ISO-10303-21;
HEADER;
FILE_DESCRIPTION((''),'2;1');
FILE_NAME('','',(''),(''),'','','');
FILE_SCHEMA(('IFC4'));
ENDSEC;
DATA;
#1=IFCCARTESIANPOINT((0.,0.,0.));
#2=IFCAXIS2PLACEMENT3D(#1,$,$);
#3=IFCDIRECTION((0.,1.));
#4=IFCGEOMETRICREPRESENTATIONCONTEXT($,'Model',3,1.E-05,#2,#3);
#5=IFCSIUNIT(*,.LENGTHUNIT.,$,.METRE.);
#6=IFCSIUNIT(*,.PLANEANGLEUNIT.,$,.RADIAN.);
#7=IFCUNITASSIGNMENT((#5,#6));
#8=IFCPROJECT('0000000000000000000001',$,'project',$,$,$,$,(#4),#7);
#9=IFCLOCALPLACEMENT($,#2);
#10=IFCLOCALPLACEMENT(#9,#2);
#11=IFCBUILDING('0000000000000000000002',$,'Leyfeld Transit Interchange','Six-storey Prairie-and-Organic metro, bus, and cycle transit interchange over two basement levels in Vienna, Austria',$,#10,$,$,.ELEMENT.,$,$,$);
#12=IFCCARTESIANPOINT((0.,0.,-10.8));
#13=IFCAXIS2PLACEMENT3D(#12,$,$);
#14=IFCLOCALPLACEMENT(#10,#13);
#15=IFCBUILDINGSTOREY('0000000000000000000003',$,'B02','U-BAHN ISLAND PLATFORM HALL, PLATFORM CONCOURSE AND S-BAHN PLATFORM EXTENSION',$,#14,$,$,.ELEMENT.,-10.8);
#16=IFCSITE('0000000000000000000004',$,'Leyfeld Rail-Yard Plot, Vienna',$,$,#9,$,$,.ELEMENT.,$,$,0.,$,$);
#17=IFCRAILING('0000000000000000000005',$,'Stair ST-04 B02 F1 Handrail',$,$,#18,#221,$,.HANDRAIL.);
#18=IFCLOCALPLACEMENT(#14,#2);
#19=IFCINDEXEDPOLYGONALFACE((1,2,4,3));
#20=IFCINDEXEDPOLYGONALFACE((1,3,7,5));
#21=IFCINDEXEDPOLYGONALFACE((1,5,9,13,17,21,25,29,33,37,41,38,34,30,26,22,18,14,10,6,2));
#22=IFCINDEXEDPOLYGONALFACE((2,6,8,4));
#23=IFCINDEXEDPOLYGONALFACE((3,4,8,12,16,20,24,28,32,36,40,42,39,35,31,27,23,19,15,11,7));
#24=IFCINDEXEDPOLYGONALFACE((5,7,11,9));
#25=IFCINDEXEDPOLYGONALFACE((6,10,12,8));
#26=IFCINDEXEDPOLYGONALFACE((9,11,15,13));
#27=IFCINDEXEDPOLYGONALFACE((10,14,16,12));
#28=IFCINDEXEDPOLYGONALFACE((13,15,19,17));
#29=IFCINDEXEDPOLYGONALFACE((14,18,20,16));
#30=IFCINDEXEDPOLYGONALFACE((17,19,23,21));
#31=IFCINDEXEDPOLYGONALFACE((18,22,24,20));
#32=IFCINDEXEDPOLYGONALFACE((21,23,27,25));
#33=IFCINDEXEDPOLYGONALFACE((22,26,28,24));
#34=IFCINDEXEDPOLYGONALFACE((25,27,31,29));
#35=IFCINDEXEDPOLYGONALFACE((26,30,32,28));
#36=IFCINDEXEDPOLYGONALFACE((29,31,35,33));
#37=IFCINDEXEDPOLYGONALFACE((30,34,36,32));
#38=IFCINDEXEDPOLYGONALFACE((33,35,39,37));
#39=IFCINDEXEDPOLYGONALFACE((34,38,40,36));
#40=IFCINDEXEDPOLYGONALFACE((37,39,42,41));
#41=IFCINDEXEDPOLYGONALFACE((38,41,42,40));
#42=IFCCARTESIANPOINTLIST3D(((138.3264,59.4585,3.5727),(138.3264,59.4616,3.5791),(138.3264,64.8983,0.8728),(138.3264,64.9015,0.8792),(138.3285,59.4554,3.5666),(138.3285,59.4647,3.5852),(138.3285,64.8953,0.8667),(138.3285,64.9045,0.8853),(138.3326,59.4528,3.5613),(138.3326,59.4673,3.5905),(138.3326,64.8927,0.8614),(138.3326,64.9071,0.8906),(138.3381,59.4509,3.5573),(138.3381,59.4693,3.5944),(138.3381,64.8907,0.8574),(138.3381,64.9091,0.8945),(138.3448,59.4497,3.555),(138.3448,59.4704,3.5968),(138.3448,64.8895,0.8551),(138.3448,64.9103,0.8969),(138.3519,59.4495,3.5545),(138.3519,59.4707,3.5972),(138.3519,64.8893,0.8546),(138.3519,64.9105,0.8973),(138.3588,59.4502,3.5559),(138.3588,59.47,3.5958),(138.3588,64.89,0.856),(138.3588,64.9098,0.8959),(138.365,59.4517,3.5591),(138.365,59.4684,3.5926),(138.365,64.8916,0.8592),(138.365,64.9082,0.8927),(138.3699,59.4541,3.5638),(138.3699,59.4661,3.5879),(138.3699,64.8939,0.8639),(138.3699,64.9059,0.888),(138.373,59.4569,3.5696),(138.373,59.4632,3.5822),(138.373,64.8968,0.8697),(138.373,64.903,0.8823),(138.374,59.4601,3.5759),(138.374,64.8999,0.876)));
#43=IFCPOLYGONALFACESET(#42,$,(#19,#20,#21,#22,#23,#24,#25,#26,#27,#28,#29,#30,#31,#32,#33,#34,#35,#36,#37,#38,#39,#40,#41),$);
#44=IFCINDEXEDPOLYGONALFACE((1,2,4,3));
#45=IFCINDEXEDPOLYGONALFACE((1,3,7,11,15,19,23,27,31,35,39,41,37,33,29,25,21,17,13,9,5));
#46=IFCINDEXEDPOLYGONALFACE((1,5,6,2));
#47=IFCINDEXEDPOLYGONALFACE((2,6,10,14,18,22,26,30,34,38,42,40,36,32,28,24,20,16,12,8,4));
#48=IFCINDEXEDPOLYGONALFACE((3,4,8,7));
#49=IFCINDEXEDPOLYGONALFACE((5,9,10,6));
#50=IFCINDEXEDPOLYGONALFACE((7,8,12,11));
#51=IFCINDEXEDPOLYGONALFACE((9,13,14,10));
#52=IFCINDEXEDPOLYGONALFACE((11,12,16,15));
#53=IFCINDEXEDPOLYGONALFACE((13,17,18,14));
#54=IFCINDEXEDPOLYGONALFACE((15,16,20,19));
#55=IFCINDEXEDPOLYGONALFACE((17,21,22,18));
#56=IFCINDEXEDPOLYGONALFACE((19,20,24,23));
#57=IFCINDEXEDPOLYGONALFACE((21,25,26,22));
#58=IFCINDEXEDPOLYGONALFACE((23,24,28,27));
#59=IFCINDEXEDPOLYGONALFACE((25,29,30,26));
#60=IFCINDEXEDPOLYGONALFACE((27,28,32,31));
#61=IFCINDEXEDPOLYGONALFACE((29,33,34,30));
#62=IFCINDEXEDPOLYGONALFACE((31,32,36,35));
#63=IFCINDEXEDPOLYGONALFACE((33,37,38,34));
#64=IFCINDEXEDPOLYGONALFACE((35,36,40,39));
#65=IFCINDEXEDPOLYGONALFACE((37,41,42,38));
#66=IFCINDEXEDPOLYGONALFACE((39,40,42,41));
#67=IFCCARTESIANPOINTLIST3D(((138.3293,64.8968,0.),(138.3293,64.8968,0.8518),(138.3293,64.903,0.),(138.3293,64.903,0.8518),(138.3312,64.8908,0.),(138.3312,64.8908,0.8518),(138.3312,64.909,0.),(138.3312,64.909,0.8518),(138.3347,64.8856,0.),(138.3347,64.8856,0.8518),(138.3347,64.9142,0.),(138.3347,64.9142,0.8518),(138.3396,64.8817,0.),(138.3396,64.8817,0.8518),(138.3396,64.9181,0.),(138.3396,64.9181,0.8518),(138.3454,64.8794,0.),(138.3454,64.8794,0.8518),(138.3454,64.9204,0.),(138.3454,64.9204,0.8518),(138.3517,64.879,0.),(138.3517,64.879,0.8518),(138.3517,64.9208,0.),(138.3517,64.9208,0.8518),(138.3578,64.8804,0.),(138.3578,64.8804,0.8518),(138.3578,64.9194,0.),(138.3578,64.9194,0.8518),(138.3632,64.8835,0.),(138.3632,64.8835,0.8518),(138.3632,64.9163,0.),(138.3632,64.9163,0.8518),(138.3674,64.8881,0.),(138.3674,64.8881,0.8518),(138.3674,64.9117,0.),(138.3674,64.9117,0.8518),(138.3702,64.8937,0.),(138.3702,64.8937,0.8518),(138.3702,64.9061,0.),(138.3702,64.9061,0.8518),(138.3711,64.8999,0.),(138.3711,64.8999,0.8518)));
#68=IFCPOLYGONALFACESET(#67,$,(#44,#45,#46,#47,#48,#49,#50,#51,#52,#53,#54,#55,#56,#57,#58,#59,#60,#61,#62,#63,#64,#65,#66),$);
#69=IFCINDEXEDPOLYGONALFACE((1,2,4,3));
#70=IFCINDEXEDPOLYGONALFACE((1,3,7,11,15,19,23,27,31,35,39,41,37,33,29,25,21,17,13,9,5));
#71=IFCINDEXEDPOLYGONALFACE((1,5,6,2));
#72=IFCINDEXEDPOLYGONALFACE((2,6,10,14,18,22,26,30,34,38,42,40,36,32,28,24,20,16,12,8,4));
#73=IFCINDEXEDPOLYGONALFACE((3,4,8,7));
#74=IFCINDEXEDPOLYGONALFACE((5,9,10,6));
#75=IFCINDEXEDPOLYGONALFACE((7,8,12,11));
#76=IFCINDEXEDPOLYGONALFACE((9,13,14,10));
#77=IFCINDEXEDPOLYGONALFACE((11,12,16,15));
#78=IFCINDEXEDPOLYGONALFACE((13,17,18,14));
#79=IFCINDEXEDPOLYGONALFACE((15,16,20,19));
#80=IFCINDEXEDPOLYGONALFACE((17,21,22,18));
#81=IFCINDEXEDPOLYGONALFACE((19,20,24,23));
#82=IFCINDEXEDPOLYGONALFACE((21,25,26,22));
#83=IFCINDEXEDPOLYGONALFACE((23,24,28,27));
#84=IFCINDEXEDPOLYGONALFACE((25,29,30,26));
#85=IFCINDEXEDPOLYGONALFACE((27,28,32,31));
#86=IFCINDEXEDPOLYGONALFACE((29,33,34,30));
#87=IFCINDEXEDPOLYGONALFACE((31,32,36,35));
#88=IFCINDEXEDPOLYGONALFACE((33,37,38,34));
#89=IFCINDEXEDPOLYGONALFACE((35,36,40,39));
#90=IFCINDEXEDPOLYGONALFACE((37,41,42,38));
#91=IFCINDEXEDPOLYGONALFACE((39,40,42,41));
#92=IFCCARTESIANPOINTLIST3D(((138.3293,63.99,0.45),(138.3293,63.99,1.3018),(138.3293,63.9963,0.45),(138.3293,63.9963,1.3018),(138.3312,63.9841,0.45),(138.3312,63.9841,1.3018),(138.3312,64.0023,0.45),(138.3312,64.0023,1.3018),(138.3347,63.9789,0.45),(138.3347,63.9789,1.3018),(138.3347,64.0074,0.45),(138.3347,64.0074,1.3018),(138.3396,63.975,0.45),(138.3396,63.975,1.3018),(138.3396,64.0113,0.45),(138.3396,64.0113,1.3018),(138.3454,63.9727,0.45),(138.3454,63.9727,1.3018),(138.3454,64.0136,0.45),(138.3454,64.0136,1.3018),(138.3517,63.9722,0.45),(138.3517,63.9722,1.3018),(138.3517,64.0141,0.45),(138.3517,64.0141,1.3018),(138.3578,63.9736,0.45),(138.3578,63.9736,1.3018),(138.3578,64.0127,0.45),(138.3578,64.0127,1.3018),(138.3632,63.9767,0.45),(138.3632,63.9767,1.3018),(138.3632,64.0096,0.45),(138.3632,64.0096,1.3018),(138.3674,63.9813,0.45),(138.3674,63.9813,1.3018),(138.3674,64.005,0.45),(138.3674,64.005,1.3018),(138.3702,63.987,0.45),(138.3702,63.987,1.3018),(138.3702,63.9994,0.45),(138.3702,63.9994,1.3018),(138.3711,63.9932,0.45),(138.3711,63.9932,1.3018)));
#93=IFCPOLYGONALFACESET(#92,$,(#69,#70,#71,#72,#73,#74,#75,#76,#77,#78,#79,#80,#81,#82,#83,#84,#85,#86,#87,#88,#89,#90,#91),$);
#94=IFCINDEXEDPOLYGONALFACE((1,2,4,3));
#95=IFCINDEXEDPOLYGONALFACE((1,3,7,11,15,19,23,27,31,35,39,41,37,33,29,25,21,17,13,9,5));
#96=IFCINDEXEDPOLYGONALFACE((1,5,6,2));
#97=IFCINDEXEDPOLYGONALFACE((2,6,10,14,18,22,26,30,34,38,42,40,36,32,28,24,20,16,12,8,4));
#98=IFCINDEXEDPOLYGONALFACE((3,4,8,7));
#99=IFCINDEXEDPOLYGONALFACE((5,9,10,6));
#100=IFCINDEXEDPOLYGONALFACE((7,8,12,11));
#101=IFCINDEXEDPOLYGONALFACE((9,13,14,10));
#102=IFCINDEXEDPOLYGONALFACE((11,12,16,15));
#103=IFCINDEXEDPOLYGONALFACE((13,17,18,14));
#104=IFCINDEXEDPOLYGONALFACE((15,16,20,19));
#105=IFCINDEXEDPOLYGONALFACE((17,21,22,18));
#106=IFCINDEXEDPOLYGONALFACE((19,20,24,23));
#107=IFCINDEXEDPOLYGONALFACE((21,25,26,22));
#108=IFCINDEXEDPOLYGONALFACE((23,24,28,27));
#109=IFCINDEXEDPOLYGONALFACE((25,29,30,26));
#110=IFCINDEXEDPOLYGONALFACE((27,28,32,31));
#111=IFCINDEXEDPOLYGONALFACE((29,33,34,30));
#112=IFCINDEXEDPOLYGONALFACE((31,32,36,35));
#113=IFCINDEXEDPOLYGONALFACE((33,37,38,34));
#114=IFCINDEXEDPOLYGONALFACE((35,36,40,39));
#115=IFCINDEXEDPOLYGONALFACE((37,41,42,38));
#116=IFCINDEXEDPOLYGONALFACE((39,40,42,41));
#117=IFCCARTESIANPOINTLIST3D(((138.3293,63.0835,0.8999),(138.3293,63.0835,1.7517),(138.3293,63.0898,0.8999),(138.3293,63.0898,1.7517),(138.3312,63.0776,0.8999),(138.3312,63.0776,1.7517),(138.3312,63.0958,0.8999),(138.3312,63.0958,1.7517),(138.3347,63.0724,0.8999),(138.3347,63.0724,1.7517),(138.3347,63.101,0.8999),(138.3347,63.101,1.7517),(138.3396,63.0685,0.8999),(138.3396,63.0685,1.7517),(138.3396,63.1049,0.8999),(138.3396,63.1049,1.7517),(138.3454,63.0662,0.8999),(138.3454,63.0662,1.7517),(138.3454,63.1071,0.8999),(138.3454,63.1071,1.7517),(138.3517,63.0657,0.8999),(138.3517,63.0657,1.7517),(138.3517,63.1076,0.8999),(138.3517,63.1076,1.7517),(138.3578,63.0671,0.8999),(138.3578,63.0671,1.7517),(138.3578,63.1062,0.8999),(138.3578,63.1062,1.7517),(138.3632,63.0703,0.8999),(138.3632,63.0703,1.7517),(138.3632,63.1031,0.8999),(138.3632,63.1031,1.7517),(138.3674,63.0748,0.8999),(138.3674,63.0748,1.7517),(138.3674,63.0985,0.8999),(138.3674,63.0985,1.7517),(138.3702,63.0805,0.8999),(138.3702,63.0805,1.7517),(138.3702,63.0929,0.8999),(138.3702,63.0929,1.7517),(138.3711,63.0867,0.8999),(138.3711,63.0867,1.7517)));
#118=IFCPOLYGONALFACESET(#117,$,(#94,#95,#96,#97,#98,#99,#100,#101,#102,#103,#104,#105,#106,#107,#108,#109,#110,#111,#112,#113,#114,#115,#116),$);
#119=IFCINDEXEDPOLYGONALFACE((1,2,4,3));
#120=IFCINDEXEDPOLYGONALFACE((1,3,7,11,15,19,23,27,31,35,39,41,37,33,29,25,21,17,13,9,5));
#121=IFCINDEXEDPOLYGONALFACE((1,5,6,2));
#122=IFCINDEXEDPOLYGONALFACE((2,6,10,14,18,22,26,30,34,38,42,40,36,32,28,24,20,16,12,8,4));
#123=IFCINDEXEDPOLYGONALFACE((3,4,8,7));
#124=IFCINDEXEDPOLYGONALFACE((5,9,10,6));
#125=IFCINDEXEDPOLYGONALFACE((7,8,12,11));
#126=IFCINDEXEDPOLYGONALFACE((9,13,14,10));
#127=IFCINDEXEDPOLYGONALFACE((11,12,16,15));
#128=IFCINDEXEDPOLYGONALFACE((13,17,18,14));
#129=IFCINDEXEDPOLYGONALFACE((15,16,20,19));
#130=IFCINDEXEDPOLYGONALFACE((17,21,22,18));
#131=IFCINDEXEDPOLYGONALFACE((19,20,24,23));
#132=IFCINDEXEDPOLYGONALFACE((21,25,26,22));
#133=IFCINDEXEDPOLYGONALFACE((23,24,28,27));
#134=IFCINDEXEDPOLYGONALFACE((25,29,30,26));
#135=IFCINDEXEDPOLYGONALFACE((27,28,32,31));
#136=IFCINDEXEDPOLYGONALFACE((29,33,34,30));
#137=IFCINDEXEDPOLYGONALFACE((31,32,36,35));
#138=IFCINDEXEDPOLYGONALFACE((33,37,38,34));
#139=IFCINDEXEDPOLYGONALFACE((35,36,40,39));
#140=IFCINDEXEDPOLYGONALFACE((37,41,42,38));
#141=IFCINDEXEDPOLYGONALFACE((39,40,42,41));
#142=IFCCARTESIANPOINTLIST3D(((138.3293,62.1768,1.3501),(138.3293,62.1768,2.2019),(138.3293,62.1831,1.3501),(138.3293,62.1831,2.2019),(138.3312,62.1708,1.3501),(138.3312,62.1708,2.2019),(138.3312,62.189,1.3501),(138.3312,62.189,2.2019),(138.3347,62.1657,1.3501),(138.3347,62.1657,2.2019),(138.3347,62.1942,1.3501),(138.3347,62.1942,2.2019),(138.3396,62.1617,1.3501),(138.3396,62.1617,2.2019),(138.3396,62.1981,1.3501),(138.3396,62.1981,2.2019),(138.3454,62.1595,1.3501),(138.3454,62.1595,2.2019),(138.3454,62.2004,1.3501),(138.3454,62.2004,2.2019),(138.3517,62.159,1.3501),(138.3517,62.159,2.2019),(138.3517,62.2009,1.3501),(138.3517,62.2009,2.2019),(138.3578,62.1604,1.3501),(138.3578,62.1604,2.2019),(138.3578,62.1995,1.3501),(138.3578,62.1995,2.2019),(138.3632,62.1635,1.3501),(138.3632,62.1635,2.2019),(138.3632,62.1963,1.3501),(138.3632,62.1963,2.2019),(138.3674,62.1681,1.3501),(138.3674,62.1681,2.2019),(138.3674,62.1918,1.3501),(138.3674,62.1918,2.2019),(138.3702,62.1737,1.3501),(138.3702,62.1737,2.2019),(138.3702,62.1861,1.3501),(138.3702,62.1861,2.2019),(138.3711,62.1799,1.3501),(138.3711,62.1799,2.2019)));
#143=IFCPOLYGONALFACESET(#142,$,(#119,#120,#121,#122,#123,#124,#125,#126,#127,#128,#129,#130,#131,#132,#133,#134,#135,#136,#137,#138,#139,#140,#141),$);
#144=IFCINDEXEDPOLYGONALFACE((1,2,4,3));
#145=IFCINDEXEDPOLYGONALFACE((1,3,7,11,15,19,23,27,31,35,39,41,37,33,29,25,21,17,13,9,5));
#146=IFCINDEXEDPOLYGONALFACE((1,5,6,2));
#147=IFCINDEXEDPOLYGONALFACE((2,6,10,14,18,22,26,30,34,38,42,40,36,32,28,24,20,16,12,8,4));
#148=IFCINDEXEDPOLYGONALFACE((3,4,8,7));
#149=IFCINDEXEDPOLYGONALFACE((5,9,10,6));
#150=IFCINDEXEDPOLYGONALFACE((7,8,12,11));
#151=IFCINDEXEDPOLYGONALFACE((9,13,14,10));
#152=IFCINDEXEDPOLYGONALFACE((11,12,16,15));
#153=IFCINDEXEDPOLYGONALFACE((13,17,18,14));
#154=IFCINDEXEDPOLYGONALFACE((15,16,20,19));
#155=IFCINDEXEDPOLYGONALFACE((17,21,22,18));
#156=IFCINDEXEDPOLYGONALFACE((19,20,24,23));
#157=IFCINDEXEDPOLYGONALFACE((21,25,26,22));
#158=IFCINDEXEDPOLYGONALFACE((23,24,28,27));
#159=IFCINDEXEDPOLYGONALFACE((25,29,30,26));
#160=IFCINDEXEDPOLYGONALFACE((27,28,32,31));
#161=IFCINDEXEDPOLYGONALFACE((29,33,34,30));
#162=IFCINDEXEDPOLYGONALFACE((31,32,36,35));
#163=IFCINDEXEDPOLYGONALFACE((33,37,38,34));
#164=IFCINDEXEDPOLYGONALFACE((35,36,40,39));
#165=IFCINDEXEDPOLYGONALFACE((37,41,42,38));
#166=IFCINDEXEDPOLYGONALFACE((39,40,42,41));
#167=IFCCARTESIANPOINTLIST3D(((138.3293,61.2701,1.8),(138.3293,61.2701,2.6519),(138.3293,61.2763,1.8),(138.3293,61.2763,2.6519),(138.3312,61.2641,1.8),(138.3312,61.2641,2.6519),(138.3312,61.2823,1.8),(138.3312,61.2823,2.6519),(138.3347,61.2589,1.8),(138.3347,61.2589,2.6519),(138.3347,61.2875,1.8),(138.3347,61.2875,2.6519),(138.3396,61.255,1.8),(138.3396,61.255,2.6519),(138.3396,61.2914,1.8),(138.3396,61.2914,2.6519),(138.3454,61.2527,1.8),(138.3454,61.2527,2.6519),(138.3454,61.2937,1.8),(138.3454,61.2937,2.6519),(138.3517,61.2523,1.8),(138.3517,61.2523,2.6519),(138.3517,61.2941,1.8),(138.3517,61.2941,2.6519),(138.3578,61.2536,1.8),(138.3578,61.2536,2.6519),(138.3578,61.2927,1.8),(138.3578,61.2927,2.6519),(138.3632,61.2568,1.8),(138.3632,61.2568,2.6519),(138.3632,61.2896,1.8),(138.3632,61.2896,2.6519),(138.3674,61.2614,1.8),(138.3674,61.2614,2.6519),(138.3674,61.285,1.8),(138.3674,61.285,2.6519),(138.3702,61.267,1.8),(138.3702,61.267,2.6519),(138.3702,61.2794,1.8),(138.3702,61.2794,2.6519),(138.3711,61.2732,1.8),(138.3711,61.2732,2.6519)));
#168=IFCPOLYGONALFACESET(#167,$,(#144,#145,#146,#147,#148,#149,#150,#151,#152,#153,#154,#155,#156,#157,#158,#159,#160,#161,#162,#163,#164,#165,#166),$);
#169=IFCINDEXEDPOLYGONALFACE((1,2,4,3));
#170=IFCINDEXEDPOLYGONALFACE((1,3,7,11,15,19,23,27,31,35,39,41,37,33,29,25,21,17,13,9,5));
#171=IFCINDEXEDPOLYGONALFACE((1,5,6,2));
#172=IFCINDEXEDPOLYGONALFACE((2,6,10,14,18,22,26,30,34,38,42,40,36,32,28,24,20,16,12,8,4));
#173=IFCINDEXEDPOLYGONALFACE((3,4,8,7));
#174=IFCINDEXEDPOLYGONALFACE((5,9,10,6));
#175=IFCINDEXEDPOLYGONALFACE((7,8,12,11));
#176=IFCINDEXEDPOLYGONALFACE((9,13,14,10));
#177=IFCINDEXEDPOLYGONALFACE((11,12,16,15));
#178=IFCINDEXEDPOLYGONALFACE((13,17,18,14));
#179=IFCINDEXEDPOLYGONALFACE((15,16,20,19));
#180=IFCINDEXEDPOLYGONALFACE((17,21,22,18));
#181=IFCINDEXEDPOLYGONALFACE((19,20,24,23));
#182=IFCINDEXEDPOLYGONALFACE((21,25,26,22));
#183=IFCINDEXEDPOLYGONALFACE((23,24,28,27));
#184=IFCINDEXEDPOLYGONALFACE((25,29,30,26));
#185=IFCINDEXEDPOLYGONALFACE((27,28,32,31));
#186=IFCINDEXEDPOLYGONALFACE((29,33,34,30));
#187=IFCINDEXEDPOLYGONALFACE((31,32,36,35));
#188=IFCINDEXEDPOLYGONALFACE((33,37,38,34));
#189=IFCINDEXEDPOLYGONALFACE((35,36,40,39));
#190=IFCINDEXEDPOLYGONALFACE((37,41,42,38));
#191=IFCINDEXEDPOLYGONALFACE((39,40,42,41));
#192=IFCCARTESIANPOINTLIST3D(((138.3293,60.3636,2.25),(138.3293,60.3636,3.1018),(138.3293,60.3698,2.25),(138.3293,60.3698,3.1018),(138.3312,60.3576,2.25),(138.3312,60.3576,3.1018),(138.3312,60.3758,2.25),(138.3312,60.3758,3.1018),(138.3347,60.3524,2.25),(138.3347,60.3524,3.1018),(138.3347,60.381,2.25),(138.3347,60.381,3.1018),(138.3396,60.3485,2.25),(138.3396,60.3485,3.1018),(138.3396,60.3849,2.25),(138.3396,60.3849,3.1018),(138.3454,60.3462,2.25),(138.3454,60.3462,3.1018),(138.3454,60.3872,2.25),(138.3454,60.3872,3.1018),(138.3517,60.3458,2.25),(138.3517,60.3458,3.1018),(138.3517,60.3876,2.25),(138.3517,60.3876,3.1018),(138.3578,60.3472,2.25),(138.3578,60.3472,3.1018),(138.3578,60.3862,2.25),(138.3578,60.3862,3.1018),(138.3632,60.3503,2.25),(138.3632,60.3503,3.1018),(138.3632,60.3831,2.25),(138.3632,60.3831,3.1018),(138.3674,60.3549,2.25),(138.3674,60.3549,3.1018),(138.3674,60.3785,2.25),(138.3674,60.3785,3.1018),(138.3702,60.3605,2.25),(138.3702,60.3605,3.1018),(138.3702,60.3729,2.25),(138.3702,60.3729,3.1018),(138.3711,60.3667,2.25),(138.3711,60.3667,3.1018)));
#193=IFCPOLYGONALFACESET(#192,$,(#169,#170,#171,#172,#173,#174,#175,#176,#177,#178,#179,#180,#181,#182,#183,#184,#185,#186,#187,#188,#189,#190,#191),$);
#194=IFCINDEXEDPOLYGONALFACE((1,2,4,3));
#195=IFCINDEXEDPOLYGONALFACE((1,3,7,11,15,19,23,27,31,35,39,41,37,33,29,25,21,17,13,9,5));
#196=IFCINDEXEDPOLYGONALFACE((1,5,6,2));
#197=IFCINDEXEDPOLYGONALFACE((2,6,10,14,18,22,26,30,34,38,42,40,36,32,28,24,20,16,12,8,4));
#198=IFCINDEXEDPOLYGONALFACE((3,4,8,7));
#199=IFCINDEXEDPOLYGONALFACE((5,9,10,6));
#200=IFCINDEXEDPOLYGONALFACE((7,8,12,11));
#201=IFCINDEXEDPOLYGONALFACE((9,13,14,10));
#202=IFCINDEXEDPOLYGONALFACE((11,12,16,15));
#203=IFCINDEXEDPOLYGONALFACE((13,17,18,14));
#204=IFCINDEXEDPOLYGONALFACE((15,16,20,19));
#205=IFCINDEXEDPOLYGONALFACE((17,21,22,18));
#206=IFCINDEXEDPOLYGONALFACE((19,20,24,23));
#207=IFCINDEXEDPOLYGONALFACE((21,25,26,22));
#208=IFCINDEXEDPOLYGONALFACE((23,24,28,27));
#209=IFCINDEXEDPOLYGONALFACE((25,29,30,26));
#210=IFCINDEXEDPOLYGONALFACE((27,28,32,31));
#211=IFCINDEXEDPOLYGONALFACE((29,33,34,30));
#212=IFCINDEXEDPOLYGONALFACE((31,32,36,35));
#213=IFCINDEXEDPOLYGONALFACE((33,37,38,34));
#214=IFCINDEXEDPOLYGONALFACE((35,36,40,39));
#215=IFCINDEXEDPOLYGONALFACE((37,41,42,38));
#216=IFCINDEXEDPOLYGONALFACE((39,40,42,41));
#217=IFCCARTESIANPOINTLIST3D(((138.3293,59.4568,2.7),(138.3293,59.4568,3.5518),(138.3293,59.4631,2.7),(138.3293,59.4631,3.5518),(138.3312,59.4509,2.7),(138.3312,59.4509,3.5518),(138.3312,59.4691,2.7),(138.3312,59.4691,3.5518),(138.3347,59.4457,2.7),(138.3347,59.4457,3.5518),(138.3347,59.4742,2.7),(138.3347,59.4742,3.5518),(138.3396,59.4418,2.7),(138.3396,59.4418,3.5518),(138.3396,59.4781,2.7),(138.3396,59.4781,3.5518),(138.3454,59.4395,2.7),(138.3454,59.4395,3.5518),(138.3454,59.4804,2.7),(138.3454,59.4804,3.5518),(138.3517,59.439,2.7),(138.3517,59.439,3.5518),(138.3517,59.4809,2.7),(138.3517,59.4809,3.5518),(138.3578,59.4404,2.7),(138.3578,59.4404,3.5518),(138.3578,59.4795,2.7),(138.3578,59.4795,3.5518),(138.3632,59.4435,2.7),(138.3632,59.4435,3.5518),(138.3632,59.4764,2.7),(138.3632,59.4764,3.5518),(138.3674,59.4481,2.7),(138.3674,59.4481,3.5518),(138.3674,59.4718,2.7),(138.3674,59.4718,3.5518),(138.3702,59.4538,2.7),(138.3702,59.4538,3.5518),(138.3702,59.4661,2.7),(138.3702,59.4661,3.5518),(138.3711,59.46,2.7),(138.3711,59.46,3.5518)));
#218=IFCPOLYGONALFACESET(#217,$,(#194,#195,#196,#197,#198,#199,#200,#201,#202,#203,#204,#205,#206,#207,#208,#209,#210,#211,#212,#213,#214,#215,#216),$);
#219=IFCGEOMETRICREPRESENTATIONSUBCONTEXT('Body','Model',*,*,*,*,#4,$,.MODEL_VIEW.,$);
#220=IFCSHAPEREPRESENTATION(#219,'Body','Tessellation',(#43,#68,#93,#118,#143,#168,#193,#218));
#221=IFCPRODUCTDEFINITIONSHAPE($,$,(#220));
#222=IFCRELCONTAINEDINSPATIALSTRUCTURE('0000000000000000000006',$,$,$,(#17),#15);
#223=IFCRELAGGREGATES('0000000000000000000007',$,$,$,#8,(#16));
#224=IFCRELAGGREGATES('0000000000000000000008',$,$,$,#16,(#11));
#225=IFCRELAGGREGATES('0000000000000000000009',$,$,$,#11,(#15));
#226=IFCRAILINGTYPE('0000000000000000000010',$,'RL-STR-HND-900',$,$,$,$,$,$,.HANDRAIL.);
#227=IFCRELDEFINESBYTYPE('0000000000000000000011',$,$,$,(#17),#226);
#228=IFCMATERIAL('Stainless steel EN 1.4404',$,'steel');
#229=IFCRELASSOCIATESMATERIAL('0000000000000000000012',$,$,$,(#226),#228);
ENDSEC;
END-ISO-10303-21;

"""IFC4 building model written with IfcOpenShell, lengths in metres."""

from ifc_helpers import new_model, si_unit, direction, frame, origin, origin_2d, place, context, subcontext, project, spatial, circle, extrude, material, type_object, element, save


model = new_model("IFC4")

# Units and contexts
model_context = context("Model", 3, precision=1e-05, world=origin(), true_north=direction((0.0, 1.0)))
body_context = subcontext(model_context, "Body", "Model", "MODEL_VIEW")
ifc_project = project(units=[si_unit("LENGTHUNIT", "METRE"), si_unit("PLANEANGLEUNIT", "RADIAN")], contexts=[model_context])

# Site, building, storey
site_placement = place(None, origin())
site = spatial("IfcSite", under=ifc_project, at=site_placement, Name="Leyfeld Rail-Yard Plot, Vienna", CompositionType="ELEMENT", RefElevation=0.0)
building_placement = place(site_placement, origin())
building = spatial("IfcBuilding", under=site, at=building_placement, Name="Leyfeld Transit Interchange", Description="Six-storey Prairie-and-Organic metro, bus, and cycle transit interchange over two basement levels in Vienna, Austria", CompositionType="ELEMENT")
storey_placement = place(building_placement, frame((0.0, 0.0, -10.8)))
storey = spatial("IfcBuildingStorey", under=building, at=storey_placement, Name="B02", Description="U-BAHN ISLAND PLATFORM HALL, PLATFORM CONCOURSE AND S-BAHN PLATFORM EXTENSION", CompositionType="ELEMENT", Elevation=-10.8)

# Railing
ifc_material_1 = material(Name="Stainless steel EN 1.4404", Category="steel")
railing_type_1 = type_object("IfcRailingType", Name="RL-STR-HND-900", PredefinedType="HANDRAIL", material=ifc_material_1)
railing_1_placement = place(storey_placement, frame((138.3501, 64.8999, 0.0)))
element("IfcRailing", 1, at=railing_1_placement, inside=storey, type_object=railing_type_1, Name="Stair ST-04 B02 F1 Handrail", PredefinedType="HANDRAIL", context=body_context, shape_type="SweptSolid", body=[
    extrude(circle(Radius=0.0239, at=origin_2d()), frame((0.0, 0.0, 0.876), z_axis=(0.0, -0.895742, 0.444575), x_axis=(1.0, 0.0, 0.0)), (0.0, 0.0, 1.0), 6.073),
    extrude(circle(Radius=0.021, at=origin_2d()), origin(), (0.0, 0.0, 1.0), 0.8518),
    extrude(circle(Radius=0.021, at=origin_2d()), frame((0.0, -0.9067, 0.45)), (0.0, 0.0, 1.0), 0.8518),
    extrude(circle(Radius=0.021, at=origin_2d()), frame((0.0, -1.8132, 0.8999)), (0.0, 0.0, 1.0), 0.8518),
    extrude(circle(Radius=0.021, at=origin_2d()), frame((0.0, -2.72, 1.3501)), (0.0, 0.0, 1.0), 0.8518),
    extrude(circle(Radius=0.021, at=origin_2d()), frame((0.0, -3.6267, 1.8)), (0.0, 0.0, 1.0), 0.8518),
    extrude(circle(Radius=0.021, at=origin_2d()), frame((0.0, -4.5332, 2.25)), (0.0, 0.0, 1.0), 0.8518),
    extrude(circle(Radius=0.021, at=origin_2d()), frame((0.0, -5.4399, 2.7)), (0.0, 0.0, 1.0), 0.8518),
])

save(model, "model.ifc")
